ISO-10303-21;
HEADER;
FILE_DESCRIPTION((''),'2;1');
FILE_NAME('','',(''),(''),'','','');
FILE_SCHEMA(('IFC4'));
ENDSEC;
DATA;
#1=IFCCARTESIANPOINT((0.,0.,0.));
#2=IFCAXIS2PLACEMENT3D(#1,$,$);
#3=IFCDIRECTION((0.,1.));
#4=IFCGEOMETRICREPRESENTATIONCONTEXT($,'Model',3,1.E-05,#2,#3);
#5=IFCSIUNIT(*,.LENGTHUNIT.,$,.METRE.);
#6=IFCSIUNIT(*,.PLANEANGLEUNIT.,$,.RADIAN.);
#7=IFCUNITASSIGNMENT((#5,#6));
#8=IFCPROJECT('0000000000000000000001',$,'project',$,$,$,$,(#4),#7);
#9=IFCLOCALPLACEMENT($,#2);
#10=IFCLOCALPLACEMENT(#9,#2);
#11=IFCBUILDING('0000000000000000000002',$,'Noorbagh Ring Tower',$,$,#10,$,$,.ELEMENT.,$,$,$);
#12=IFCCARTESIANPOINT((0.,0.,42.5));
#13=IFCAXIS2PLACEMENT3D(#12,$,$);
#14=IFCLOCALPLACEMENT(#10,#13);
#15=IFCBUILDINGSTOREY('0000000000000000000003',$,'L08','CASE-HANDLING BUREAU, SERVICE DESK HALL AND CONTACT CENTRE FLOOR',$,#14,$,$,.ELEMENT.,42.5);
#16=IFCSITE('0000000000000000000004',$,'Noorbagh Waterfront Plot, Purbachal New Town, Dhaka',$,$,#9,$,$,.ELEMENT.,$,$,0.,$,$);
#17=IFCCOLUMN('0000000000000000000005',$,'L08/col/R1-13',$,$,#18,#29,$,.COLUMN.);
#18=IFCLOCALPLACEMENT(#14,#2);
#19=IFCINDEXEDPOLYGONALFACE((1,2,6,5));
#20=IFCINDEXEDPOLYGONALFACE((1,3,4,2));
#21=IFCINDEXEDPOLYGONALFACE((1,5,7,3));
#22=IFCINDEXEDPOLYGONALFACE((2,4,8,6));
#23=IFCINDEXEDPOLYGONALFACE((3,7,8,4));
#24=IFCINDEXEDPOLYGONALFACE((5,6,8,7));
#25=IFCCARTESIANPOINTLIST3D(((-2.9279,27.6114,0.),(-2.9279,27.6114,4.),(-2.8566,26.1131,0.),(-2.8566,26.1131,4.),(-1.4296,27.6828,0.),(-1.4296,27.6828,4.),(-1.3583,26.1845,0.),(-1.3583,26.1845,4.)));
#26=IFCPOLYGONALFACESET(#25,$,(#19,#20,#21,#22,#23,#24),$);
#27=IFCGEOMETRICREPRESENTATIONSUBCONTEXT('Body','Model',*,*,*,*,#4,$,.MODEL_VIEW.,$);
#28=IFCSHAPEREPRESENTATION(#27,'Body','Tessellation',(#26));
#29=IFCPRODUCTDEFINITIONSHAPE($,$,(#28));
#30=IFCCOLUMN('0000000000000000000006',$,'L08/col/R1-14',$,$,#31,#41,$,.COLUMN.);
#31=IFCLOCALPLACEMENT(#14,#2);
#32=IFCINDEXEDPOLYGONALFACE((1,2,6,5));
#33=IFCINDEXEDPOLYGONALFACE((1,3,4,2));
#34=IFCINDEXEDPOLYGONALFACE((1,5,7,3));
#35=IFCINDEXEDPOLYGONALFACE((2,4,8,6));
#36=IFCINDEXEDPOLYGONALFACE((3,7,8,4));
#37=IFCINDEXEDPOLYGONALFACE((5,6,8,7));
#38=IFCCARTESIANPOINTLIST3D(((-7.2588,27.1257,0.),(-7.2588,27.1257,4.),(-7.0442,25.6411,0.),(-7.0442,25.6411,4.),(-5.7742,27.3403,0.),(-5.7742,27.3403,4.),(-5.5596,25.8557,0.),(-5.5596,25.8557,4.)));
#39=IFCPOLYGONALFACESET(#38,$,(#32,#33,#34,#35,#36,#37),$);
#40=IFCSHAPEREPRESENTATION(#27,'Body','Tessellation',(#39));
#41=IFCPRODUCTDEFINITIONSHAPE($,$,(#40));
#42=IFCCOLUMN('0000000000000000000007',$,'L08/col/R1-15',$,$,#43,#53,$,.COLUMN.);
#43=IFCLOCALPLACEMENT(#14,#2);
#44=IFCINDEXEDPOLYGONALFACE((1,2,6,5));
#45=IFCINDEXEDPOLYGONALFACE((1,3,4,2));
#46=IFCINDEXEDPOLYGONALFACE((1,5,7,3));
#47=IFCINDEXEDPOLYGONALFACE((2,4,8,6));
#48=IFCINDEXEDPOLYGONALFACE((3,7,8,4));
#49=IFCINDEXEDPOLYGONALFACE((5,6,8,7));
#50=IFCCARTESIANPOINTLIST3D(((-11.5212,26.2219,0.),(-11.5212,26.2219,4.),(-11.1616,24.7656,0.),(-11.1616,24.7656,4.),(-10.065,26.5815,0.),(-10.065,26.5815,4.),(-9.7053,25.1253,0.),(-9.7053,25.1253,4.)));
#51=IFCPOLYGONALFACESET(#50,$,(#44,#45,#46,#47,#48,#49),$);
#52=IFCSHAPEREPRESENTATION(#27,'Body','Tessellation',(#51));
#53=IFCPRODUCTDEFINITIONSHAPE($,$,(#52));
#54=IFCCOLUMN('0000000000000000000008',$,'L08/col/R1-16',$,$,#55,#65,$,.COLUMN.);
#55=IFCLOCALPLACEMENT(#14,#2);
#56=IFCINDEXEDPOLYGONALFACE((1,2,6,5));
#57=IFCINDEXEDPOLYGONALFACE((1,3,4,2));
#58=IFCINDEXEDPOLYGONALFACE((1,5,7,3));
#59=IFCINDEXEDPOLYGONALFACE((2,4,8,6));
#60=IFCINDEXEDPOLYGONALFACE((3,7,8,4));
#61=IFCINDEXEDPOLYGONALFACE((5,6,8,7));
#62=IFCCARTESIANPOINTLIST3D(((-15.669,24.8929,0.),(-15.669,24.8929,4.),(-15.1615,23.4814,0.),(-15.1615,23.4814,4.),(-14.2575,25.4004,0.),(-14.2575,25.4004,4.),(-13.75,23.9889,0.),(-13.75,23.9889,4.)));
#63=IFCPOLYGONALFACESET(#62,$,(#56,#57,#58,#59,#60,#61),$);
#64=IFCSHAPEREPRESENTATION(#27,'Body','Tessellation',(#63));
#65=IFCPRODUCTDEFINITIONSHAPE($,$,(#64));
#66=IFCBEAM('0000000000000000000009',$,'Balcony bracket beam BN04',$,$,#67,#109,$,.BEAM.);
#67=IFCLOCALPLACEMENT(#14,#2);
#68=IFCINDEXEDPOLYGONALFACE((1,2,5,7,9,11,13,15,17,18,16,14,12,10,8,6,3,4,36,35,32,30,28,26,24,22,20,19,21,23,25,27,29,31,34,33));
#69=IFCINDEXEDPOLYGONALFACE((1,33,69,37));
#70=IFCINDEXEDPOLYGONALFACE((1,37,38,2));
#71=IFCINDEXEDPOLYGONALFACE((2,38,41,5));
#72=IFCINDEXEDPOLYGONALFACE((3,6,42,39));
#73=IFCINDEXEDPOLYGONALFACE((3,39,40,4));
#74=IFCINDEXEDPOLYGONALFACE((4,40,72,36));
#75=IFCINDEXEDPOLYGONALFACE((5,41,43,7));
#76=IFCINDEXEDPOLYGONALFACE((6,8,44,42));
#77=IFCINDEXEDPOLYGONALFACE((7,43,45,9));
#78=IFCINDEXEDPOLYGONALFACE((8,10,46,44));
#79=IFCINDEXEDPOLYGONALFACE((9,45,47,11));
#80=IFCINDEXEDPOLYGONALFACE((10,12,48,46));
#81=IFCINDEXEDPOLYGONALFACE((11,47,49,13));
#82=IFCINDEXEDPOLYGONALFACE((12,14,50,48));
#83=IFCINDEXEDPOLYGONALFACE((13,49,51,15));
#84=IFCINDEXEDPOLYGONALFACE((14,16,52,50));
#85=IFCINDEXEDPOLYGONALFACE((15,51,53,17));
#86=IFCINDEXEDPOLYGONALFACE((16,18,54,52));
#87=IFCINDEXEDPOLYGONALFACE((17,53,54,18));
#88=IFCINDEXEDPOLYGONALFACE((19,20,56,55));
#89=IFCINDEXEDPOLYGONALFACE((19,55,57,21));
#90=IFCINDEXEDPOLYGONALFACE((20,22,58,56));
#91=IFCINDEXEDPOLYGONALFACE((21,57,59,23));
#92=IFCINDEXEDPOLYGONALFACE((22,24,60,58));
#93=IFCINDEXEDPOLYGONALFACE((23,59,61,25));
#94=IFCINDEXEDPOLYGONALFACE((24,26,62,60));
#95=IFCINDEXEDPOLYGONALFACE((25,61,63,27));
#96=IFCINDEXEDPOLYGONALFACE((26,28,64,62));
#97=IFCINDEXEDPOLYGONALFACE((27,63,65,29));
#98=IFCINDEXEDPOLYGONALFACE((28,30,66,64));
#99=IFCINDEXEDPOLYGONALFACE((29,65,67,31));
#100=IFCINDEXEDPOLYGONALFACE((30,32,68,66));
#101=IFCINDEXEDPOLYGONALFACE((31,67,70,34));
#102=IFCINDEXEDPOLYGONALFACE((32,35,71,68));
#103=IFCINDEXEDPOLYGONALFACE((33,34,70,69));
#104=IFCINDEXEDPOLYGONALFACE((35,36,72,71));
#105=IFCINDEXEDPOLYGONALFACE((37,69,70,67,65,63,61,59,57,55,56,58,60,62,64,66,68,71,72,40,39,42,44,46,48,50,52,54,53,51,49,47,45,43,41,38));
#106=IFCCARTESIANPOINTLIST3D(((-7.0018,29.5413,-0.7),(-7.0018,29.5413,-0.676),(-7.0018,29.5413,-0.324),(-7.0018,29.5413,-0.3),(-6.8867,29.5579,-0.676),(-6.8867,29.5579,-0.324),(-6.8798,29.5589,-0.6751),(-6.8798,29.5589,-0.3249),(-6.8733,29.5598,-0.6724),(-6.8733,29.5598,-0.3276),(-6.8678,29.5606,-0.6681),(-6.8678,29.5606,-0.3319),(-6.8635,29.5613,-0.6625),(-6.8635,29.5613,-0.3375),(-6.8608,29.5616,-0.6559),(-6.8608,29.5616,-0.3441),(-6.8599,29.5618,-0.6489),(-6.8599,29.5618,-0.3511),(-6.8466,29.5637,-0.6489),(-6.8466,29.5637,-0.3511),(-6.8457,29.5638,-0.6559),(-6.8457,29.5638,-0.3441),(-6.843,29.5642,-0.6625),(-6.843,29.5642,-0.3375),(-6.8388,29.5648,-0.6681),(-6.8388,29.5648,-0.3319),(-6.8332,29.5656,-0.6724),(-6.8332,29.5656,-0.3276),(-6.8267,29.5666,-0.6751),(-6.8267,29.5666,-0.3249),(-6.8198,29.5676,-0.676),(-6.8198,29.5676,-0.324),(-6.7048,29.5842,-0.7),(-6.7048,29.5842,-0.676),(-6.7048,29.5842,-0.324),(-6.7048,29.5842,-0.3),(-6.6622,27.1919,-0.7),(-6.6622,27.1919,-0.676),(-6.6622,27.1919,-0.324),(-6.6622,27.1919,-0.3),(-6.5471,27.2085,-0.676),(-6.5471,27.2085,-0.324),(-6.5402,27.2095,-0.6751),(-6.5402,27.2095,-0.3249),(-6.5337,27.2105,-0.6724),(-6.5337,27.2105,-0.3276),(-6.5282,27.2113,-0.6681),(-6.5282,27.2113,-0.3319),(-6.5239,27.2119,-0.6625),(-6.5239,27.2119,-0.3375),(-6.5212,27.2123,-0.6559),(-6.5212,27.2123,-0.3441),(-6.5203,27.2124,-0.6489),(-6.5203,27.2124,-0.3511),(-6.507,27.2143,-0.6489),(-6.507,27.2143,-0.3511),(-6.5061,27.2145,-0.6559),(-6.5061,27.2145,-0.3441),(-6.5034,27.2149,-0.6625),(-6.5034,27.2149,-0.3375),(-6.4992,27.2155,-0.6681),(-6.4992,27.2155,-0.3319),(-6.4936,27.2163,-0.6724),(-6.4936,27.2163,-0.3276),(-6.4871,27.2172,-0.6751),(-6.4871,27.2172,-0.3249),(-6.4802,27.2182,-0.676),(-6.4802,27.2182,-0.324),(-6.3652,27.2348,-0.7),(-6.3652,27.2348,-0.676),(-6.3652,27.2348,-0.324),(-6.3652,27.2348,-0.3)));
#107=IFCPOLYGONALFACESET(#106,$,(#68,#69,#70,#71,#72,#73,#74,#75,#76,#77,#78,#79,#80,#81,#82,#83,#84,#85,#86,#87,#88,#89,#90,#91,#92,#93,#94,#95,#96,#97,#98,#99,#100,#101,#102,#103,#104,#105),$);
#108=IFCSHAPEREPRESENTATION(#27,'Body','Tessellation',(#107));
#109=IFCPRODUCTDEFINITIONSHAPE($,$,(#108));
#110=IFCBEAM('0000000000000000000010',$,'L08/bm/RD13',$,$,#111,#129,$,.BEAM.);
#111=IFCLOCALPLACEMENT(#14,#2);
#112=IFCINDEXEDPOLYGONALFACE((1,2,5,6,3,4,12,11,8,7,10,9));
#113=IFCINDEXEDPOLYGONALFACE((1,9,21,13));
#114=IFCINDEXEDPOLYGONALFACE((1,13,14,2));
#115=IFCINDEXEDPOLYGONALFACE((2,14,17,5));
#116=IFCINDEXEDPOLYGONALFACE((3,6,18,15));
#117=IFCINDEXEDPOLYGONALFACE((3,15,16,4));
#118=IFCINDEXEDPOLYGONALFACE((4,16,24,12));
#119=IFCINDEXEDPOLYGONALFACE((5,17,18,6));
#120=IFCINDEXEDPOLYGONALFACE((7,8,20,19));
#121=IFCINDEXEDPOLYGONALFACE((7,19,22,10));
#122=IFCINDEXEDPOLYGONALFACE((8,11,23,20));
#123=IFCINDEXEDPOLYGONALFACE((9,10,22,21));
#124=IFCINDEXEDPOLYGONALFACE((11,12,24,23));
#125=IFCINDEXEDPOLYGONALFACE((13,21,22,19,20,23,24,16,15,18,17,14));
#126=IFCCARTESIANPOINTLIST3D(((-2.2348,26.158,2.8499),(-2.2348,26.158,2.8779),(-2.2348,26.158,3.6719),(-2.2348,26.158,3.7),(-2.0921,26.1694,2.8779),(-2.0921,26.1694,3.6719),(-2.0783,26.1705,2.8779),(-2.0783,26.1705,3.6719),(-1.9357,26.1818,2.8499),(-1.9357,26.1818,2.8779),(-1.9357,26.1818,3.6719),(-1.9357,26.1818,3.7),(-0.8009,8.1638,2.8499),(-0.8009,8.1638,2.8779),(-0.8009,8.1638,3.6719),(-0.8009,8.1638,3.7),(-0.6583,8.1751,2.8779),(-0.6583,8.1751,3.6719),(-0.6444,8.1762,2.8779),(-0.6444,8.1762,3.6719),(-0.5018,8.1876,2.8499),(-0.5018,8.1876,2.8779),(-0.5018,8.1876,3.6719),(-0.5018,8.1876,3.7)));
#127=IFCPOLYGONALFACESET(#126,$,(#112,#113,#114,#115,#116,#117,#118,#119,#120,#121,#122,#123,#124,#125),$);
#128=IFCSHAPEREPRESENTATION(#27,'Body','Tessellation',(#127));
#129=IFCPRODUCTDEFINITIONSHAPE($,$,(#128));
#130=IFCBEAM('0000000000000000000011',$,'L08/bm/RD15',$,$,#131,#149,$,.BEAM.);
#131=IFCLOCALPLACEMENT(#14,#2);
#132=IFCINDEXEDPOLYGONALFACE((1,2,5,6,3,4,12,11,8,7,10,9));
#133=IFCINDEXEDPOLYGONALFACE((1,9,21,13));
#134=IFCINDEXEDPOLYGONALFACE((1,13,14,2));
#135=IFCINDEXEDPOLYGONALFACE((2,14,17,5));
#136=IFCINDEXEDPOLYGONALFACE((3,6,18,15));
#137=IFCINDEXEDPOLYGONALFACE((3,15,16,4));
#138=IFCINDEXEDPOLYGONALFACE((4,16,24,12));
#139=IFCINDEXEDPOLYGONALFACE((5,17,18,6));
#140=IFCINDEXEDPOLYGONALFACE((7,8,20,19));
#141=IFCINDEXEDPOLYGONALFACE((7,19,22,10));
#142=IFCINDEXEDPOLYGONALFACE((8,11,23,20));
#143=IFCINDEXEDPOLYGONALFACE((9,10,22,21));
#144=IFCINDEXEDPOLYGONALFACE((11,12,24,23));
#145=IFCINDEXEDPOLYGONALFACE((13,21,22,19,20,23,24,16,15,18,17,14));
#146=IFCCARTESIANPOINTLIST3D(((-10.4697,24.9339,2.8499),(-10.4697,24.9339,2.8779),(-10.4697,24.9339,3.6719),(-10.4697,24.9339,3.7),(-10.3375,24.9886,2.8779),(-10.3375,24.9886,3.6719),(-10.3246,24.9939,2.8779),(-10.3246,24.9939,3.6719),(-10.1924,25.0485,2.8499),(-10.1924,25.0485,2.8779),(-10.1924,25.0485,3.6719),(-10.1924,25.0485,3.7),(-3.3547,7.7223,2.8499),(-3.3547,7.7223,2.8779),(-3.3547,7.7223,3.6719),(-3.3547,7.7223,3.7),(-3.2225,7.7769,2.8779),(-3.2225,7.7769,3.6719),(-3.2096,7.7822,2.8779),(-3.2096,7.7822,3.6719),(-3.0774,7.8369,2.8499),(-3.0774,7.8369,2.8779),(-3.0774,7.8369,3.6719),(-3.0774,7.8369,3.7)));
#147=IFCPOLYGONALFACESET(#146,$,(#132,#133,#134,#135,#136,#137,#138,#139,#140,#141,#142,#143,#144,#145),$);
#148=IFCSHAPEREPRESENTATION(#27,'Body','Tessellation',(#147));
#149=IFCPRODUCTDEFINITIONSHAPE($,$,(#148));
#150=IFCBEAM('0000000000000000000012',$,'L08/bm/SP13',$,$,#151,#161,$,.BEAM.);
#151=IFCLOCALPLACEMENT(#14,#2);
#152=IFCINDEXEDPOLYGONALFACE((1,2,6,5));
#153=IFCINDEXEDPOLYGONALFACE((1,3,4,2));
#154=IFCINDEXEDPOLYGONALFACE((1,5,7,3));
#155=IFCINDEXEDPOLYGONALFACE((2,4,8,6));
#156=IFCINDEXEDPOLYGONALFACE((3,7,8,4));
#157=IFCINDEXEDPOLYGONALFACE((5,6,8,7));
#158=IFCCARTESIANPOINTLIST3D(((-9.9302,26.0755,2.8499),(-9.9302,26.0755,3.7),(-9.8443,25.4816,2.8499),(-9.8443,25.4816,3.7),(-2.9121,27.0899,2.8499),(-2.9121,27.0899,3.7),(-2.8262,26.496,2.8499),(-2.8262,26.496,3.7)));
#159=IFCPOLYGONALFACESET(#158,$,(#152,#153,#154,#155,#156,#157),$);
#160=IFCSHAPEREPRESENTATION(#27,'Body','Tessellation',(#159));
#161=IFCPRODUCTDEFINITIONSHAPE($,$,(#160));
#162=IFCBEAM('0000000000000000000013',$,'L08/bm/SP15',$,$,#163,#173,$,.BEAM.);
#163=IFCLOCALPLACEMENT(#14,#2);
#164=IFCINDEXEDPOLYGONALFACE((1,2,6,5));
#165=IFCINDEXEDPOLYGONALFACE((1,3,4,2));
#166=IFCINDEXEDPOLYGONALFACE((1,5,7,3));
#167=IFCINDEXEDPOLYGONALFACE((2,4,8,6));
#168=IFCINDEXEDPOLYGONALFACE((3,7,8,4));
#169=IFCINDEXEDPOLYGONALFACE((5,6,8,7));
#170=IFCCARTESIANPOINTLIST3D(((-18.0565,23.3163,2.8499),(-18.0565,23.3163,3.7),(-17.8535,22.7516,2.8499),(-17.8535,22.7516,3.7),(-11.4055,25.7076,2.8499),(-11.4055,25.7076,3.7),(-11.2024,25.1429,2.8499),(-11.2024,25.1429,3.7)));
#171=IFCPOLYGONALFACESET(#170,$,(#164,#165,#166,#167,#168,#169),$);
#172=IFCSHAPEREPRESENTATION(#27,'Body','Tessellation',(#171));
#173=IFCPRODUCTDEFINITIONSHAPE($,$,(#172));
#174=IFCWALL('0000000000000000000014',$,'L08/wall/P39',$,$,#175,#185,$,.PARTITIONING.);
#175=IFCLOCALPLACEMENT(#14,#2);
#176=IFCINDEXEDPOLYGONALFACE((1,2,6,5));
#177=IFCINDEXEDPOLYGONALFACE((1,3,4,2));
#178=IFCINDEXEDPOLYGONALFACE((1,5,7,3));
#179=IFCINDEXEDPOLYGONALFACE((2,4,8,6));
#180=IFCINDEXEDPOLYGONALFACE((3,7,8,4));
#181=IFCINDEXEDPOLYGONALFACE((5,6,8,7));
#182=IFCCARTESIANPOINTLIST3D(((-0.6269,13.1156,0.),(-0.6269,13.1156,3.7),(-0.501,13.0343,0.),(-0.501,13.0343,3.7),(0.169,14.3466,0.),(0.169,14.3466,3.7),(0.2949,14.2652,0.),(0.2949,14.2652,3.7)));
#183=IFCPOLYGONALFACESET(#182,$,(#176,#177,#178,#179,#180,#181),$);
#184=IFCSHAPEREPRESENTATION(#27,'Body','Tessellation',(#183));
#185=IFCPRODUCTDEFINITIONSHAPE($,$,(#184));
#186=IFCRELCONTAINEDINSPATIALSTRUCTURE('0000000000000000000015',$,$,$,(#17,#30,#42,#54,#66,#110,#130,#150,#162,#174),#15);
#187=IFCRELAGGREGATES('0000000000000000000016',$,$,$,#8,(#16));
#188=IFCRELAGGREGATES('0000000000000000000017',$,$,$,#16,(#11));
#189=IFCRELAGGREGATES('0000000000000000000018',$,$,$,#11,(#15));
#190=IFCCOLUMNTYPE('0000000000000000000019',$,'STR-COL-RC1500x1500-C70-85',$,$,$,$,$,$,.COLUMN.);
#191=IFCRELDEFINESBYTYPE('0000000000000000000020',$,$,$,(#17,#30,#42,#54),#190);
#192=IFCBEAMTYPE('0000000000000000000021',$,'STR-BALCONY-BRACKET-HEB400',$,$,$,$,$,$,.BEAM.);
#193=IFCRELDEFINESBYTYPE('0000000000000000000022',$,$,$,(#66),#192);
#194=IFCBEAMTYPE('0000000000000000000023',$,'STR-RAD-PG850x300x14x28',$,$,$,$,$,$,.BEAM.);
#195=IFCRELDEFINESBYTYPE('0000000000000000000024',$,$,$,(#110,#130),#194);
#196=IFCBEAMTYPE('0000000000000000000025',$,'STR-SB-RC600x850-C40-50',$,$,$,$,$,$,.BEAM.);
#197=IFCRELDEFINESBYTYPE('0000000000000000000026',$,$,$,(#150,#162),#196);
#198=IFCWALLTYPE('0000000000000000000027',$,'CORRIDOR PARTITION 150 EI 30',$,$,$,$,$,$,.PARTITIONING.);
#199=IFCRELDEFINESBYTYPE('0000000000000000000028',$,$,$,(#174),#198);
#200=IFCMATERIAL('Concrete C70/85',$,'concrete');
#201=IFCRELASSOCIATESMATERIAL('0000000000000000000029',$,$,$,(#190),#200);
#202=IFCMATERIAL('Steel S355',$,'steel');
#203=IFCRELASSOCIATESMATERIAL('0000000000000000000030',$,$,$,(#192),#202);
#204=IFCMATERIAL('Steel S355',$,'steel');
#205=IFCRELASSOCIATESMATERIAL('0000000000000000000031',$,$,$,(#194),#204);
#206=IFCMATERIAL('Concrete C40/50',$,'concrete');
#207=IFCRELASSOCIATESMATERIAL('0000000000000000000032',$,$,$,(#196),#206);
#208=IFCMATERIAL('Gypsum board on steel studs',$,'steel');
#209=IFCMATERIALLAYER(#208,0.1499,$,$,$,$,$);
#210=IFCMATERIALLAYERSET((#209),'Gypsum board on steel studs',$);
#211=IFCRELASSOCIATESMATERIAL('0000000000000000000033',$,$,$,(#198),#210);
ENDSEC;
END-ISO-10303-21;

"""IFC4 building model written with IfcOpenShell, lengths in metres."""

from ifc_helpers import new_model, si_unit, direction, frame, frame_2d, origin, origin_2d, place, context, subcontext, project, spatial, rectangle, i_section, extrude, material, layer, layer_set, material_profile, profile_set, type_object, element, save


model = new_model("IFC4")

# Units and contexts
model_context = context("Model", 3, precision=1e-05, world=origin(), true_north=direction((0.0, 1.0)))
body_context = subcontext(model_context, "Body", "Model", "MODEL_VIEW")
ifc_project = project(units=[si_unit("LENGTHUNIT", "METRE"), si_unit("PLANEANGLEUNIT", "RADIAN")], contexts=[model_context])

# Site, building, storey
site_placement = place(None, origin())
site = spatial("IfcSite", under=ifc_project, at=site_placement, Name="Noorbagh Waterfront Plot, Purbachal New Town, Dhaka", CompositionType="ELEMENT", RefElevation=0.0)
building_placement = place(site_placement, origin())
building = spatial("IfcBuilding", under=site, at=building_placement, Name="Noorbagh Ring Tower", CompositionType="ELEMENT")
storey_placement = place(building_placement, frame((0.0, 0.0, 42.5)))
storey = spatial("IfcBuildingStorey", under=building, at=storey_placement, Name="L08", Description="CASE-HANDLING BUREAU, SERVICE DESK HALL AND CONTACT CENTRE FLOOR", CompositionType="ELEMENT", Elevation=42.5)

# Columns
ifc_material_1 = material(Name="Concrete C70/85", Category="concrete")
ifc_material_profile_1 = material_profile(ifc_material_1, rectangle(XDim=1.5, YDim=1.5, at=origin_2d()), Name="RC1500x1500")
ifc_profile_set_1 = profile_set([ifc_material_profile_1], Name="Concrete C70/85")
column_type = type_object("IfcColumnType", Name="STR-COL-RC1500x1500-C70-85", PredefinedType="COLUMN", material=ifc_profile_set_1)
for number, where, z_axis, x_axis, name in (
    (1, (-2.1431, 26.8979, 0.0), (0.0, 0.0, 1.0), (-0.998869, -0.047553, 0.0), "L08/col/R1-13"),
    (2, (-6.4092, 26.4907, 0.0), (0.0, 0.0, 1.0), (-0.989713, -0.143066, 0.0), "L08/col/R1-14"),
    (3, (-10.6133, 25.6736, 0.0), (0.0, 0.0, 1.0), (-0.970829, -0.239771, 0.0), "L08/col/R1-15"),
    (4, (-14.7095, 24.4409, 0.0), (0.0, 0.0, 1.0), (-0.941025, -0.338338, 0.0), "L08/col/R1-16"),
):
    element("IfcColumn", number, at=place(storey_placement, frame(where, z_axis=z_axis, x_axis=x_axis)), inside=storey, type_object=column_type, Name=name, PredefinedType="COLUMN", context=body_context, shape_type="SweptSolid", body=[
        extrude(rectangle(XDim=1.5, YDim=1.5, at=origin_2d()), origin(), (0.0, 0.0, 1.0), 4.0),
    ])

# Beams
ifc_material_2 = material(Name="Steel S355", Category="steel")
ifc_material_profile_2 = material_profile(ifc_material_2, i_section(OverallWidth=0.3, OverallDepth=0.3999, WebThickness=0.0134, FlangeThickness=0.0239, FilletRadius=0.0271, at=origin_2d()), Name="HEB400")
ifc_profile_set_2 = profile_set([ifc_material_profile_2], Name="Steel S355")
beam_type_1 = type_object("IfcBeamType", Name="STR-BALCONY-BRACKET-HEB400", PredefinedType="BEAM", material=ifc_profile_set_2)
beam_1_placement = place(storey_placement, frame((-6.5137, 27.2134, -0.5), z_axis=(-0.143063, 0.989714, 0.0), x_axis=(-0.989714, -0.143063, 0.0)))
element("IfcBeam", 5, at=beam_1_placement, inside=storey, type_object=beam_type_1, Name="Balcony bracket beam BN04", PredefinedType="BEAM", context=body_context, shape_type="SweptSolid", body=[
    extrude(i_section(OverallWidth=0.3, OverallDepth=0.3999, WebThickness=0.0134, FlangeThickness=0.0239, FilletRadius=0.0271, at=origin_2d()), origin(), (0.0, 0.0, 1.0), 2.3738),
])
ifc_material_3 = material(Name="Steel S355", Category="steel")
ifc_material_profile_3 = material_profile(ifc_material_3, i_section(OverallWidth=0.3, OverallDepth=0.8501, WebThickness=0.0139, FlangeThickness=0.0281, at=origin_2d()), Name="PG850x300x14x28")
ifc_profile_set_3 = profile_set([ifc_material_profile_3], Name="Steel S355")
beam_type_2 = type_object("IfcBeamType", Name="STR-RAD-PG850x300x14x28", PredefinedType="BEAM", material=ifc_profile_set_3)
beam_2_placement = place(storey_placement, frame((-2.0852, 26.1699, 3.2749), z_axis=(0.079432, -0.99684, 0.0), x_axis=(0.99684, 0.079432, 0.0)))
element("IfcBeam", 6, at=beam_2_placement, inside=storey, type_object=beam_type_2, Name="L08/bm/RD13", PredefinedType="BEAM", context=body_context, shape_type="SweptSolid", body=[
    extrude(i_section(OverallWidth=0.3, OverallDepth=0.8501, WebThickness=0.0139, FlangeThickness=0.0281, at=origin_2d()), origin(), (0.0, 0.0, 1.0), 18.0513),
])
beam_3_placement = place(storey_placement, frame((-10.3311, 24.9912, 3.2749), z_axis=(0.382027, -0.924151, 0.0), x_axis=(0.924151, 0.382027, 0.0)))
element("IfcBeam", 7, at=beam_3_placement, inside=storey, type_object=beam_type_2, Name="L08/bm/RD15", PredefinedType="BEAM", context=body_context, shape_type="SweptSolid", body=[
    extrude(i_section(OverallWidth=0.3, OverallDepth=0.8501, WebThickness=0.0139, FlangeThickness=0.0281, at=origin_2d()), origin(), (0.0, 0.0, 1.0), 18.6243),
])
ifc_material_4 = material(Name="Concrete C40/50", Category="concrete")
ifc_material_profile_4 = material_profile(ifc_material_4, rectangle(XDim=0.6001, YDim=0.8501, at=origin_2d()), Name="RC600x850")
ifc_profile_set_4 = profile_set([ifc_material_profile_4], Name="Concrete C40/50")
beam_type_3 = type_object("IfcBeamType", Name="STR-SB-RC600x850-C40-50", PredefinedType="BEAM", material=ifc_profile_set_4)
beam_4_placement = place(storey_placement, frame((-2.8691, 26.793, 3.2749), z_axis=(-0.989715, -0.143055, 0.0), x_axis=(0.143055, -0.989715, 0.0)))
element("IfcBeam", 8, at=beam_4_placement, inside=storey, type_object=beam_type_3, Name="L08/bm/SP13", PredefinedType="BEAM", context=body_context, shape_type="SweptSolid", body=[
    extrude(rectangle(XDim=0.6001, YDim=0.8501, at=origin_2d()), origin(), (0.0, 0.0, 1.0), 7.0911),
])
beam_5_placement = place(storey_placement, frame((-11.304, 25.4253, 3.2749), z_axis=(-0.941025, -0.338338, 0.0), x_axis=(0.338338, -0.941025, 0.0)))
element("IfcBeam", 9, at=beam_5_placement, inside=storey, type_object=beam_type_3, Name="L08/bm/SP15", PredefinedType="BEAM", context=body_context, shape_type="SweptSolid", body=[
    extrude(rectangle(XDim=0.6001, YDim=0.8501, at=origin_2d()), origin(), (0.0, 0.0, 1.0), 7.0679),
])

# Wall
ifc_material_5 = material(Name="Gypsum board on steel studs", Category="steel")
ifc_layer_1 = layer(ifc_material_5, 0.1499)
ifc_layer_set_1 = layer_set([ifc_layer_1], Name="Gypsum board on steel studs")
wall_type_1 = type_object("IfcWallType", Name="CORRIDOR PARTITION 150 EI 30", PredefinedType="PARTITIONING", material=ifc_layer_set_1)
wall_1_placement = place(storey_placement, frame((-0.564, 13.075, 0.0), z_axis=(0.0, 0.0, 1.0), x_axis=(0.542961, 0.839758, 0.0)))
element("IfcWall", 10, at=wall_1_placement, inside=storey, type_object=wall_type_1, Name="L08/wall/P39", PredefinedType="PARTITIONING", context=body_context, shape_type="SweptSolid", body=[
    extrude(rectangle(XDim=1.4658, YDim=0.1499, at=frame_2d((0.7329, 0.0))), origin(), (0.0, 0.0, 1.0), 3.7),
])

save(model, "model.ifc")
